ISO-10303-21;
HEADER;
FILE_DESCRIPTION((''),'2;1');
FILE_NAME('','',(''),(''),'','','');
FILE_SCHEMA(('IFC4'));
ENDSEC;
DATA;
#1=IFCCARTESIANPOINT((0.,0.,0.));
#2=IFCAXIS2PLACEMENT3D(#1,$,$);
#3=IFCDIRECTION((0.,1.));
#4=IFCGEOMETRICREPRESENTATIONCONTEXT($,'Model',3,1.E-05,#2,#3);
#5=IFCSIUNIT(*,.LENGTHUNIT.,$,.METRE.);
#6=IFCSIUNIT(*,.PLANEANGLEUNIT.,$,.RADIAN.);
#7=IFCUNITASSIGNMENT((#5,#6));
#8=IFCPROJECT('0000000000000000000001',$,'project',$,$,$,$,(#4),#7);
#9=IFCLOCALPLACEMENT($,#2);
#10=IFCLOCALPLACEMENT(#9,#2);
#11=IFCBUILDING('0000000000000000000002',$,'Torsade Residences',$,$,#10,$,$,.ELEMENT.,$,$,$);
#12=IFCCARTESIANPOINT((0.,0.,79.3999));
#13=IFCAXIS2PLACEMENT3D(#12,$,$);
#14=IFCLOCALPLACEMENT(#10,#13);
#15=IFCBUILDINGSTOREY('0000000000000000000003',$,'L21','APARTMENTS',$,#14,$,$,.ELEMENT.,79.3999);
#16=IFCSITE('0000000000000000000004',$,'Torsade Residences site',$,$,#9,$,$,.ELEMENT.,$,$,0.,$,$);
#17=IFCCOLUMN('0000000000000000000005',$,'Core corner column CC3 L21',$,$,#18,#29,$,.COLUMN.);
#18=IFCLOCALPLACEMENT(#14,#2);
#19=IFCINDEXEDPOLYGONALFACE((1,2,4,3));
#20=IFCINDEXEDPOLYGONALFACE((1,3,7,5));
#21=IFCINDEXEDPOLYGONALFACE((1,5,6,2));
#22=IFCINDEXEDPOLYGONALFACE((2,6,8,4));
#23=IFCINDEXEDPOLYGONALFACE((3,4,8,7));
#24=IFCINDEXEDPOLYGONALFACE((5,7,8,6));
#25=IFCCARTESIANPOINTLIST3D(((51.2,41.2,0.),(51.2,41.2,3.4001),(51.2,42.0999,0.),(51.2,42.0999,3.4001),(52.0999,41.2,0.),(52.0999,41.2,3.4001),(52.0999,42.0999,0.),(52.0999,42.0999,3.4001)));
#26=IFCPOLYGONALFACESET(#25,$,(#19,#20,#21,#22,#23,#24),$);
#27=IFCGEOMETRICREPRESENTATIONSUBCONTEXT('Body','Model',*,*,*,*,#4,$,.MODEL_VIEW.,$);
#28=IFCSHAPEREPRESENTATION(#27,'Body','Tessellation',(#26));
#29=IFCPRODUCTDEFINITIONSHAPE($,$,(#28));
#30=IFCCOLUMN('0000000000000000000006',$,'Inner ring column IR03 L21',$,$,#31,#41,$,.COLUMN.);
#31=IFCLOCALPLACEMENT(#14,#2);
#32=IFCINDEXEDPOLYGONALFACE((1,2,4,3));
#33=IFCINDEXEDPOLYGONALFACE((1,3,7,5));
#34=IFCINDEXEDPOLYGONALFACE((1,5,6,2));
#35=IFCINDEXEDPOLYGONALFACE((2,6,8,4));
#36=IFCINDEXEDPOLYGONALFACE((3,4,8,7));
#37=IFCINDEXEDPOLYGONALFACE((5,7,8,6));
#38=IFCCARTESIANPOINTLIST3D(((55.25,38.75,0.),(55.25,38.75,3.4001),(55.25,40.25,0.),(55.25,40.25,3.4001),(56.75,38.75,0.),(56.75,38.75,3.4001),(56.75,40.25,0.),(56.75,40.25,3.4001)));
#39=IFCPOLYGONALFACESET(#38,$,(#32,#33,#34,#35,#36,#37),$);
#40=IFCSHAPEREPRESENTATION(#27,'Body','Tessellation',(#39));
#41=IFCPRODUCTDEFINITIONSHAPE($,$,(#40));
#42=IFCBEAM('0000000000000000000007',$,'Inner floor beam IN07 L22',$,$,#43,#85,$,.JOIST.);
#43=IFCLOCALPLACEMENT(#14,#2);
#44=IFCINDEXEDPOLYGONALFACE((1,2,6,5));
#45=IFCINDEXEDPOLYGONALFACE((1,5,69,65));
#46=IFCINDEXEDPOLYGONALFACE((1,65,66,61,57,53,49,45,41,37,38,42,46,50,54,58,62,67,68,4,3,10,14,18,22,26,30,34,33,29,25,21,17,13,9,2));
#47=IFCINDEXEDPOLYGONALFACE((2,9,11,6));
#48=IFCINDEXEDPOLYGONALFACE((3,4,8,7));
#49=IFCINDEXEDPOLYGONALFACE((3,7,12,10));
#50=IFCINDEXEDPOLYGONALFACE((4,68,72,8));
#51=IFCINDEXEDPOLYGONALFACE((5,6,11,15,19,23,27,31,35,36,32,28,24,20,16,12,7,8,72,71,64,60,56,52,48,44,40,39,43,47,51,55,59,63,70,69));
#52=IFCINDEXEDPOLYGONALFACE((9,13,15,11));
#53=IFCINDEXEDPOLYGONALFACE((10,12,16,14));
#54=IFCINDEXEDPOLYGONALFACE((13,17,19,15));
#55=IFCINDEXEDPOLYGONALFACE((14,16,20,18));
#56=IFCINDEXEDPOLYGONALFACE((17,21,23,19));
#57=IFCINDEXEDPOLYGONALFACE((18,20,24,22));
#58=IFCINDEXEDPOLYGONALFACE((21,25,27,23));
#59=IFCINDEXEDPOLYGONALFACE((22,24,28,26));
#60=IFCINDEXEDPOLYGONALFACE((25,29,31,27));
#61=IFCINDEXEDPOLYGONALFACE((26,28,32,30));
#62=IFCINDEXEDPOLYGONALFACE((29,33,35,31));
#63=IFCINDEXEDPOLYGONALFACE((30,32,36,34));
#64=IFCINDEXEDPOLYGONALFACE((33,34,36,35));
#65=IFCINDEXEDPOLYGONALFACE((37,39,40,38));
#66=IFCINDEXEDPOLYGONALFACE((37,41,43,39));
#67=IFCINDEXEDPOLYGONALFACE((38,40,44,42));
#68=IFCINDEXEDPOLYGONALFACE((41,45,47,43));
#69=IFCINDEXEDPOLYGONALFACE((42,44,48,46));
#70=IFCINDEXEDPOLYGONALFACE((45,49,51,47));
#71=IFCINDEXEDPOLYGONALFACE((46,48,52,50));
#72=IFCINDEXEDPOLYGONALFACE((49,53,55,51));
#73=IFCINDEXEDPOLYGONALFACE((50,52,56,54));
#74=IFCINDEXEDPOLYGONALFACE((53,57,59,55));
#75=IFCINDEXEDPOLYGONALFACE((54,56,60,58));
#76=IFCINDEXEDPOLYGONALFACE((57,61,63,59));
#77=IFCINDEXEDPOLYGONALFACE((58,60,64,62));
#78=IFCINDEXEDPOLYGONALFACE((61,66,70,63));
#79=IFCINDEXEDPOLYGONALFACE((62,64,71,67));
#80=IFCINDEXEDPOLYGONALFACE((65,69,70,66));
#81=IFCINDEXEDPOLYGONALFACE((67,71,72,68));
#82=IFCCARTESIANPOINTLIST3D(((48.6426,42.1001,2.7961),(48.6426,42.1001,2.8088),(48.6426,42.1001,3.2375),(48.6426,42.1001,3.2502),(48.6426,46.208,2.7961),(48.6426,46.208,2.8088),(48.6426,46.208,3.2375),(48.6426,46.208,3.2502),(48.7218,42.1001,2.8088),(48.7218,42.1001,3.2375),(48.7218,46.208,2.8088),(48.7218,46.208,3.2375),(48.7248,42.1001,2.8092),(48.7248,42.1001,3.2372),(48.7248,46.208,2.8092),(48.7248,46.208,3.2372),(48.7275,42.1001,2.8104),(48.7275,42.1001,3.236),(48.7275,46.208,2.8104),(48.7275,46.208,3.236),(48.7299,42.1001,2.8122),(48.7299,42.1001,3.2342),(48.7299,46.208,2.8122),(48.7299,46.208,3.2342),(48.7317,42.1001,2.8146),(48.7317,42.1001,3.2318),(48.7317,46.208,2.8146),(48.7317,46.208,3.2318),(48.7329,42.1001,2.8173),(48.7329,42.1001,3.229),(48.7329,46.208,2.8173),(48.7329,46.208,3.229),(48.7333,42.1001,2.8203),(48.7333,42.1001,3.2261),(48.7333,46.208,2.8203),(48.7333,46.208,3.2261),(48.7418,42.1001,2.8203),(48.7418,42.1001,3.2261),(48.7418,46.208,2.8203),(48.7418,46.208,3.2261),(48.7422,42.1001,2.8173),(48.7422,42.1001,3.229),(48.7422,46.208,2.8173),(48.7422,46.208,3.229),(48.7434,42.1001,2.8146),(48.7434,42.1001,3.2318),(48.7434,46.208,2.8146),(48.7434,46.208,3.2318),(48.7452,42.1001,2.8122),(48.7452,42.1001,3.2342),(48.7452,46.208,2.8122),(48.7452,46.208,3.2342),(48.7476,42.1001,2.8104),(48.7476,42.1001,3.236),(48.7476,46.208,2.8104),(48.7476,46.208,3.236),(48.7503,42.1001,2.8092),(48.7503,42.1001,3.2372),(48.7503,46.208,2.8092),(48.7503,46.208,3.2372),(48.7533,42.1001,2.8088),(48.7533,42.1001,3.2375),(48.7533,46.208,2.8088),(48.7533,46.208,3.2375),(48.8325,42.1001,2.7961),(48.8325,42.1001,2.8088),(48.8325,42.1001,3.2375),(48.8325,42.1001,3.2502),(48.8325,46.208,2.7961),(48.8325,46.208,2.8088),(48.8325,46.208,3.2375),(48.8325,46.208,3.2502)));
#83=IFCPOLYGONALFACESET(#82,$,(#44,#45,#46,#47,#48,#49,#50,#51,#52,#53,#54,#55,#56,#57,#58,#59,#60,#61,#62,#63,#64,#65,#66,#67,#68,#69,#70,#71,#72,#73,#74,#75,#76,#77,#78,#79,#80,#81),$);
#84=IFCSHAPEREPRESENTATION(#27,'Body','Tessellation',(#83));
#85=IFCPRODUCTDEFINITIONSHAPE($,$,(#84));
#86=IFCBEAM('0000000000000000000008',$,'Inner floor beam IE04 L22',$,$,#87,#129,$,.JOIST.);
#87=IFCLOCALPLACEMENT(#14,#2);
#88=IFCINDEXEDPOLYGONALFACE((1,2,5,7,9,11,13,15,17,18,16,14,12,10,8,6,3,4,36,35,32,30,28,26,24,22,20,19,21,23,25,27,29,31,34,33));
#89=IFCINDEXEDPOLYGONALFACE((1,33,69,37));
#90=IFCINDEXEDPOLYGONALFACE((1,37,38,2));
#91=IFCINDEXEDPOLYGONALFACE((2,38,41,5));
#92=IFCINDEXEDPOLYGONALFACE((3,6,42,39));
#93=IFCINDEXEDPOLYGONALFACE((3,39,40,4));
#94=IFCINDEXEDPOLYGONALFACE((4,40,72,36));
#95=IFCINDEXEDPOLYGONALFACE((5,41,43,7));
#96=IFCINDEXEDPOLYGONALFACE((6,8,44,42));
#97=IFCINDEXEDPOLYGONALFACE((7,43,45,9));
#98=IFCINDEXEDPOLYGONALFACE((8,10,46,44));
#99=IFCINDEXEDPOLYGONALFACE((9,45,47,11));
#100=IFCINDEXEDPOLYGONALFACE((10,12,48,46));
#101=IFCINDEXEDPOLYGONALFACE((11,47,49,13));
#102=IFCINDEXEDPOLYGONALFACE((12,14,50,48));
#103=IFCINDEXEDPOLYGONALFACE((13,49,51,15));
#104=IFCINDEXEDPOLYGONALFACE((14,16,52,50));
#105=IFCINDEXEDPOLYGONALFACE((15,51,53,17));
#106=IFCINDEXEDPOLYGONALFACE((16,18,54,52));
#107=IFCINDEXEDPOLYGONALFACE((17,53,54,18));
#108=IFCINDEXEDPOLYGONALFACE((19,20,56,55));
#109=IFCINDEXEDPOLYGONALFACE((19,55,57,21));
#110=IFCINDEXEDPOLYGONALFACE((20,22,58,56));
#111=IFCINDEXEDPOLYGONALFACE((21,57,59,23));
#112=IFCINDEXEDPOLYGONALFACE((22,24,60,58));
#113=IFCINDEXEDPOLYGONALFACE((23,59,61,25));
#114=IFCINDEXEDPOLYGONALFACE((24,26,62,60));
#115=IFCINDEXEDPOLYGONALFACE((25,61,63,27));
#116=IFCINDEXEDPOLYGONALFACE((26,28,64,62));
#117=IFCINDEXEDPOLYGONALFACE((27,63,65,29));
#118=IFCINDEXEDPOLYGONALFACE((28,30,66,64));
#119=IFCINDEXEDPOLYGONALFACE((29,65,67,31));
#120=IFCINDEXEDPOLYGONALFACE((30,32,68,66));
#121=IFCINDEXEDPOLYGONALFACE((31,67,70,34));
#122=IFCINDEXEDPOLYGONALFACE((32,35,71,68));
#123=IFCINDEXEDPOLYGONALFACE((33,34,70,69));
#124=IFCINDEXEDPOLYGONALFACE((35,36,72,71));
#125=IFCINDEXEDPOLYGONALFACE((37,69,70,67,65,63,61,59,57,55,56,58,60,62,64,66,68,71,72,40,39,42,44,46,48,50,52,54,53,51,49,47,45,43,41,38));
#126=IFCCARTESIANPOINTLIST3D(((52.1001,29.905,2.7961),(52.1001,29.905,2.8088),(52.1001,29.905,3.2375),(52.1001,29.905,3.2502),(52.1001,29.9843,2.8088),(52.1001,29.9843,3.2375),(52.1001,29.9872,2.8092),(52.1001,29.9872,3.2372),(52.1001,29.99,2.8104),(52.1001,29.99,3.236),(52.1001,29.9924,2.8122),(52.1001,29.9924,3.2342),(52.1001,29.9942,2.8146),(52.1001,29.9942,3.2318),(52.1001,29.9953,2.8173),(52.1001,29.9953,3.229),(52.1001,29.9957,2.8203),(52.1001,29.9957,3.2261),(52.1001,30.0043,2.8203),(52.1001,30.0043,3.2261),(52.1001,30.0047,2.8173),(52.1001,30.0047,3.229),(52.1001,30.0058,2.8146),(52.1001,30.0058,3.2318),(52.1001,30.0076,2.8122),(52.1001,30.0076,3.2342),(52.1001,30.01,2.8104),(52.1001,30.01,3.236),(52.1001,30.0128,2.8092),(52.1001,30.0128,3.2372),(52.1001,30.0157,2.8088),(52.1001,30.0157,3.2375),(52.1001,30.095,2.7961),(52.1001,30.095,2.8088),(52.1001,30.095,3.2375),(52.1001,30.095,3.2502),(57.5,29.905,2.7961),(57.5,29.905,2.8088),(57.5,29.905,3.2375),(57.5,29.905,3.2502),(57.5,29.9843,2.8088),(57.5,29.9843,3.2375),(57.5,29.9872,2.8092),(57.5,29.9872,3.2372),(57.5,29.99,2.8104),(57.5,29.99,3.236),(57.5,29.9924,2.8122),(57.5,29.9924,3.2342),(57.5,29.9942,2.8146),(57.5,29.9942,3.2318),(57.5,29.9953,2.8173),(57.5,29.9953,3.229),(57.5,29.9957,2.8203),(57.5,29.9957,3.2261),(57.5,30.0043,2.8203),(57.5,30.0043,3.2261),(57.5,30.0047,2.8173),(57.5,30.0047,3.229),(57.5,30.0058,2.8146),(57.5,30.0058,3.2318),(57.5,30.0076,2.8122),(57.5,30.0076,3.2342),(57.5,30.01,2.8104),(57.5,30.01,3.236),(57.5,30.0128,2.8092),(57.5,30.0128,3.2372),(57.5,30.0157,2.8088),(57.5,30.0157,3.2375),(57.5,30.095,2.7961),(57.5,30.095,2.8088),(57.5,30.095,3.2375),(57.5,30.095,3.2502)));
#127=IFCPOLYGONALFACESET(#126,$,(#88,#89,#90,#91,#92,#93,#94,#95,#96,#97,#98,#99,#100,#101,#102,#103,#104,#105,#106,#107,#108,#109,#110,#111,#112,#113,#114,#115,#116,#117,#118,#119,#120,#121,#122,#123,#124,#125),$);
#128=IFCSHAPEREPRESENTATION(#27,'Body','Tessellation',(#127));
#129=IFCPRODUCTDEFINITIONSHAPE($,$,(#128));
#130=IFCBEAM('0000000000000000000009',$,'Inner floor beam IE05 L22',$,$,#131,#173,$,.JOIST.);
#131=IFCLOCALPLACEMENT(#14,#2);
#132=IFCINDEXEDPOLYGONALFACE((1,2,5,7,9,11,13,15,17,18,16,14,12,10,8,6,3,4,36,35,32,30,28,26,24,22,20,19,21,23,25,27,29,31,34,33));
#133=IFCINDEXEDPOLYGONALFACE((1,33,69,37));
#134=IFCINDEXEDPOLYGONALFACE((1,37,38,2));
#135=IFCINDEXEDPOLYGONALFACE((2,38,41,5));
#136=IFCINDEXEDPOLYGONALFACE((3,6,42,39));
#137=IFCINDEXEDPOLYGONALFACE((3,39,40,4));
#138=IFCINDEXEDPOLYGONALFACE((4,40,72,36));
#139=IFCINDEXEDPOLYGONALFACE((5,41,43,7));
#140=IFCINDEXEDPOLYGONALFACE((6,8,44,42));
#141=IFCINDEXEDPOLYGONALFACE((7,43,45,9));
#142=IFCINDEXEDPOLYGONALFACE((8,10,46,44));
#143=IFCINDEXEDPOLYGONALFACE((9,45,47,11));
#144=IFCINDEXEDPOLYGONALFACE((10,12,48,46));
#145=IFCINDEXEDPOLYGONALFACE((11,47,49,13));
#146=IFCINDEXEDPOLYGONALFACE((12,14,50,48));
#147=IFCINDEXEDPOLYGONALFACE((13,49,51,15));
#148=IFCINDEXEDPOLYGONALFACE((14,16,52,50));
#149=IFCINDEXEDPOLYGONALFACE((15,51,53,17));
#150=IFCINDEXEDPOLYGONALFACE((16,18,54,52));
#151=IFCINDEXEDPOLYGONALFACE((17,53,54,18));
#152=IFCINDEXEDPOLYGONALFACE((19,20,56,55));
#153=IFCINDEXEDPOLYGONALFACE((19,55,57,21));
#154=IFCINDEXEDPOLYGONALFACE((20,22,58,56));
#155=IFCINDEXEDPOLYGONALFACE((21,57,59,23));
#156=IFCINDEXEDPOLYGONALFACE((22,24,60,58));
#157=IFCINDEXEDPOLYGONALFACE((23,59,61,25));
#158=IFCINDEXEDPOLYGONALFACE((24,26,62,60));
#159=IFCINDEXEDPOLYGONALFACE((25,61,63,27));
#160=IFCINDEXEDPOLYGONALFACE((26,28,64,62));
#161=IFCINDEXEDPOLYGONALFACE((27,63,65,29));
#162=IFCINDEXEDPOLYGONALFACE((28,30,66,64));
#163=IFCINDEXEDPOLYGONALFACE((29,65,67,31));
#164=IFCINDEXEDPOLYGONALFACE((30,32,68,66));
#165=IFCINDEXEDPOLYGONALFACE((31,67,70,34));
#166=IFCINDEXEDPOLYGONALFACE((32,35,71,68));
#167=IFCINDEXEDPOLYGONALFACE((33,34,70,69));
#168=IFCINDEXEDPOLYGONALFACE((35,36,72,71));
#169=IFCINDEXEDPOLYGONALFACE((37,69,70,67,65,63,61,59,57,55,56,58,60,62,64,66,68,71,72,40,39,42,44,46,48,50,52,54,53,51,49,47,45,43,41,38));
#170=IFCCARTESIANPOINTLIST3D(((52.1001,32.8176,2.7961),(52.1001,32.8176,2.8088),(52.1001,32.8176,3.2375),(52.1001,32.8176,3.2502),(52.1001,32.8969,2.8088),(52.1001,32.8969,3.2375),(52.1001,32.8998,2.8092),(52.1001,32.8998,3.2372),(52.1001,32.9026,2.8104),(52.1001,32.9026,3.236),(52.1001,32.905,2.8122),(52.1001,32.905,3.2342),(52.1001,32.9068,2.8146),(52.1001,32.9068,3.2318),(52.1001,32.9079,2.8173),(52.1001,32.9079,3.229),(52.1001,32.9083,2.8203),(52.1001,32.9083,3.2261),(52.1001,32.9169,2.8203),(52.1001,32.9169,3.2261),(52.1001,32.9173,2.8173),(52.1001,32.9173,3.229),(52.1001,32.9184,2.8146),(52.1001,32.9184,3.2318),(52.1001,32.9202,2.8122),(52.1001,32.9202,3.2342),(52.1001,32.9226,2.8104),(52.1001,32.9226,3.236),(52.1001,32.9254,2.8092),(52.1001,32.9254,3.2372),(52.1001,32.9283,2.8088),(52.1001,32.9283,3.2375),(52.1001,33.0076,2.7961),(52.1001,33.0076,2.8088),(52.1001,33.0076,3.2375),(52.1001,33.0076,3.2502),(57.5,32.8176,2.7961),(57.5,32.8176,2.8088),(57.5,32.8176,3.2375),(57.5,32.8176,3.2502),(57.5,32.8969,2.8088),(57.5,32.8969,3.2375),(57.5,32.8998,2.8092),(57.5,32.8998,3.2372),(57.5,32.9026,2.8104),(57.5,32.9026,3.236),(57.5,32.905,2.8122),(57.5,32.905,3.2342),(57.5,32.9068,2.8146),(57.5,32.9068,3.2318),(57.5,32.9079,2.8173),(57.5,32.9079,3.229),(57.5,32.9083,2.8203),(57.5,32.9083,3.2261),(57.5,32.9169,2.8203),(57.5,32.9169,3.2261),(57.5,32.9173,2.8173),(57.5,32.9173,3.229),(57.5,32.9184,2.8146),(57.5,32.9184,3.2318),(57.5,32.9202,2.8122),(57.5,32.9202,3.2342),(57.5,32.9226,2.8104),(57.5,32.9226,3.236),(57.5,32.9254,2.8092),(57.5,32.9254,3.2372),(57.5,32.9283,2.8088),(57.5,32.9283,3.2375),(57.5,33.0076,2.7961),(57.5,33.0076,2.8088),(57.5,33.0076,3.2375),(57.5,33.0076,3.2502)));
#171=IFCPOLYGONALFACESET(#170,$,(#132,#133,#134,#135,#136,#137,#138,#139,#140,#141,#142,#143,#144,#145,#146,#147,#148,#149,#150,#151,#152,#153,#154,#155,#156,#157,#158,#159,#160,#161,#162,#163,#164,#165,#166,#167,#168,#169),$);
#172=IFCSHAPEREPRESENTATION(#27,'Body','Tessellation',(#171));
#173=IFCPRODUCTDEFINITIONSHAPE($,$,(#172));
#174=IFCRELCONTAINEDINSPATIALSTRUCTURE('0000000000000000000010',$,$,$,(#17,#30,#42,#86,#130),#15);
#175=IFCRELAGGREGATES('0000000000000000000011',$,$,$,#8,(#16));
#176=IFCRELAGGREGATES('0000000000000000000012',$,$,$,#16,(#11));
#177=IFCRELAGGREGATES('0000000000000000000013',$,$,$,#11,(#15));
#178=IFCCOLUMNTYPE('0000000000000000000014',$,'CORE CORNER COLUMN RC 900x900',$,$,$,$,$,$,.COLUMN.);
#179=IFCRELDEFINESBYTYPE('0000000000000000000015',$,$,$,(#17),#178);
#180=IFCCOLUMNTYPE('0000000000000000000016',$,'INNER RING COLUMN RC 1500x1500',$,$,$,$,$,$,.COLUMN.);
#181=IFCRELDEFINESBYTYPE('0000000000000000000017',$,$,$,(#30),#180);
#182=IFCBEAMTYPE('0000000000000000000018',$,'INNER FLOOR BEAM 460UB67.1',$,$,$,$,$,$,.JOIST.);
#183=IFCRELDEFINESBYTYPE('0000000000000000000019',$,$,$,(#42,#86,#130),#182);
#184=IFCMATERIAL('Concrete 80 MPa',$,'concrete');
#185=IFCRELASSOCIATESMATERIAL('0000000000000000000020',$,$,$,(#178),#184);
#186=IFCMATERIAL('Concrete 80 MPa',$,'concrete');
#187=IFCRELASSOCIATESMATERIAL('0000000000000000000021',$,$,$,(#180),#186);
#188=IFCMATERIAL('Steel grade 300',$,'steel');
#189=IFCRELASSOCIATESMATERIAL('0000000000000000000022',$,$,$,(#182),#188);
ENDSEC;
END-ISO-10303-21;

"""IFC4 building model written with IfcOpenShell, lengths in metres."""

from ifc_helpers import new_model, si_unit, direction, frame, origin, origin_2d, place, context, subcontext, project, spatial, rectangle, i_section, extrude, material, material_profile, profile_set, type_object, element, save


model = new_model("IFC4")

# Units and contexts
model_context = context("Model", 3, precision=1e-05, world=origin(), true_north=direction((0.0, 1.0)))
body_context = subcontext(model_context, "Body", "Model", "MODEL_VIEW")
ifc_project = project(units=[si_unit("LENGTHUNIT", "METRE"), si_unit("PLANEANGLEUNIT", "RADIAN")], contexts=[model_context])

# Site, building, storey
site_placement = place(None, origin())
site = spatial("IfcSite", under=ifc_project, at=site_placement, Name="Torsade Residences site", CompositionType="ELEMENT", RefElevation=0.0)
building_placement = place(site_placement, origin())
building = spatial("IfcBuilding", under=site, at=building_placement, Name="Torsade Residences", CompositionType="ELEMENT")
storey_placement = place(building_placement, frame((0.0, 0.0, 79.3999)))
storey = spatial("IfcBuildingStorey", under=building, at=storey_placement, Name="L21", Description="APARTMENTS", CompositionType="ELEMENT", Elevation=79.3999)

# Columns
ifc_material_1 = material(Name="Concrete 80 MPa", Category="concrete")
ifc_material_profile_1 = material_profile(ifc_material_1, rectangle(XDim=0.8999, YDim=0.8999, at=origin_2d()), Name="RC 900x900")
ifc_profile_set_1 = profile_set([ifc_material_profile_1], Name="Concrete 80 MPa")
column_type_1 = type_object("IfcColumnType", Name="CORE CORNER COLUMN RC 900x900", PredefinedType="COLUMN", material=ifc_profile_set_1)
column_1_placement = place(storey_placement, frame((51.6499, 41.6499, 0.0), z_axis=(0.0, 0.0, 1.0), x_axis=(1.0, 0.0, 0.0)))
element("IfcColumn", 1, at=column_1_placement, inside=storey, type_object=column_type_1, Name="Core corner column CC3 L21", PredefinedType="COLUMN", context=body_context, shape_type="SweptSolid", body=[
    extrude(rectangle(XDim=0.8999, YDim=0.8999, at=origin_2d()), origin(), (0.0, 0.0, 1.0), 3.4001),
])
ifc_material_2 = material(Name="Concrete 80 MPa", Category="concrete")
ifc_material_profile_2 = material_profile(ifc_material_2, rectangle(XDim=1.5, YDim=1.5, at=origin_2d()), Name="RC 1500x1500")
ifc_profile_set_2 = profile_set([ifc_material_profile_2], Name="Concrete 80 MPa")
column_type_2 = type_object("IfcColumnType", Name="INNER RING COLUMN RC 1500x1500", PredefinedType="COLUMN", material=ifc_profile_set_2)
column_2_placement = place(storey_placement, frame((56.0, 39.5, 0.0), z_axis=(0.0, 0.0, 1.0), x_axis=(1.0, 0.0, 0.0)))
element("IfcColumn", 2, at=column_2_placement, inside=storey, type_object=column_type_2, Name="Inner ring column IR03 L21", PredefinedType="COLUMN", context=body_context, shape_type="SweptSolid", body=[
    extrude(rectangle(XDim=1.5, YDim=1.5, at=origin_2d()), origin(), (0.0, 0.0, 1.0), 3.4001),
])

# Beams
ifc_material_3 = material(Name="Steel grade 300", Category="steel")
ifc_material_profile_3 = material_profile(ifc_material_3, i_section(OverallWidth=0.1899, OverallDepth=0.4541, WebThickness=0.0085, FlangeThickness=0.0127, FilletRadius=0.0115, at=origin_2d()), Name="460UB67.1")
ifc_profile_set_3 = profile_set([ifc_material_profile_3], Name="Steel grade 300")
beam_type_1 = type_object("IfcBeamType", Name="INNER FLOOR BEAM 460UB67.1", PredefinedType="JOIST", material=ifc_profile_set_3)
beam_1_placement = place(storey_placement, frame((48.7375, 42.1001, 3.0232), z_axis=(0.0, 1.0, 0.0), x_axis=(-1.0, 0.0, 0.0)))
element("IfcBeam", 3, at=beam_1_placement, inside=storey, type_object=beam_type_1, Name="Inner floor beam IN07 L22", PredefinedType="JOIST", context=body_context, shape_type="SweptSolid", body=[
    extrude(i_section(OverallWidth=0.1899, OverallDepth=0.4541, WebThickness=0.0085, FlangeThickness=0.0127, FilletRadius=0.0115, at=origin_2d()), origin(), (0.0, 0.0, 1.0), 4.1079),
])
for number, where, z_axis, x_axis, name in (
    (4, (52.1001, 30.0, 3.0232), (1.0, 0.0, 0.0), (0.0, 1.0, 0.0), "Inner floor beam IE04 L22"),
    (5, (52.1001, 32.9126, 3.0232), (1.0, 0.0, 0.0), (0.0, 1.0, 0.0), "Inner floor beam IE05 L22"),
):
    element("IfcBeam", number, at=place(storey_placement, frame(where, z_axis=z_axis, x_axis=x_axis)), inside=storey, type_object=beam_type_1, Name=name, PredefinedType="JOIST", context=body_context, shape_type="SweptSolid", body=[
        extrude(i_section(OverallWidth=0.1899, OverallDepth=0.4541, WebThickness=0.0085, FlangeThickness=0.0127, FilletRadius=0.0115, at=origin_2d()), origin(), (0.0, 0.0, 1.0), 5.3999),
    ])

save(model, "model.ifc")
